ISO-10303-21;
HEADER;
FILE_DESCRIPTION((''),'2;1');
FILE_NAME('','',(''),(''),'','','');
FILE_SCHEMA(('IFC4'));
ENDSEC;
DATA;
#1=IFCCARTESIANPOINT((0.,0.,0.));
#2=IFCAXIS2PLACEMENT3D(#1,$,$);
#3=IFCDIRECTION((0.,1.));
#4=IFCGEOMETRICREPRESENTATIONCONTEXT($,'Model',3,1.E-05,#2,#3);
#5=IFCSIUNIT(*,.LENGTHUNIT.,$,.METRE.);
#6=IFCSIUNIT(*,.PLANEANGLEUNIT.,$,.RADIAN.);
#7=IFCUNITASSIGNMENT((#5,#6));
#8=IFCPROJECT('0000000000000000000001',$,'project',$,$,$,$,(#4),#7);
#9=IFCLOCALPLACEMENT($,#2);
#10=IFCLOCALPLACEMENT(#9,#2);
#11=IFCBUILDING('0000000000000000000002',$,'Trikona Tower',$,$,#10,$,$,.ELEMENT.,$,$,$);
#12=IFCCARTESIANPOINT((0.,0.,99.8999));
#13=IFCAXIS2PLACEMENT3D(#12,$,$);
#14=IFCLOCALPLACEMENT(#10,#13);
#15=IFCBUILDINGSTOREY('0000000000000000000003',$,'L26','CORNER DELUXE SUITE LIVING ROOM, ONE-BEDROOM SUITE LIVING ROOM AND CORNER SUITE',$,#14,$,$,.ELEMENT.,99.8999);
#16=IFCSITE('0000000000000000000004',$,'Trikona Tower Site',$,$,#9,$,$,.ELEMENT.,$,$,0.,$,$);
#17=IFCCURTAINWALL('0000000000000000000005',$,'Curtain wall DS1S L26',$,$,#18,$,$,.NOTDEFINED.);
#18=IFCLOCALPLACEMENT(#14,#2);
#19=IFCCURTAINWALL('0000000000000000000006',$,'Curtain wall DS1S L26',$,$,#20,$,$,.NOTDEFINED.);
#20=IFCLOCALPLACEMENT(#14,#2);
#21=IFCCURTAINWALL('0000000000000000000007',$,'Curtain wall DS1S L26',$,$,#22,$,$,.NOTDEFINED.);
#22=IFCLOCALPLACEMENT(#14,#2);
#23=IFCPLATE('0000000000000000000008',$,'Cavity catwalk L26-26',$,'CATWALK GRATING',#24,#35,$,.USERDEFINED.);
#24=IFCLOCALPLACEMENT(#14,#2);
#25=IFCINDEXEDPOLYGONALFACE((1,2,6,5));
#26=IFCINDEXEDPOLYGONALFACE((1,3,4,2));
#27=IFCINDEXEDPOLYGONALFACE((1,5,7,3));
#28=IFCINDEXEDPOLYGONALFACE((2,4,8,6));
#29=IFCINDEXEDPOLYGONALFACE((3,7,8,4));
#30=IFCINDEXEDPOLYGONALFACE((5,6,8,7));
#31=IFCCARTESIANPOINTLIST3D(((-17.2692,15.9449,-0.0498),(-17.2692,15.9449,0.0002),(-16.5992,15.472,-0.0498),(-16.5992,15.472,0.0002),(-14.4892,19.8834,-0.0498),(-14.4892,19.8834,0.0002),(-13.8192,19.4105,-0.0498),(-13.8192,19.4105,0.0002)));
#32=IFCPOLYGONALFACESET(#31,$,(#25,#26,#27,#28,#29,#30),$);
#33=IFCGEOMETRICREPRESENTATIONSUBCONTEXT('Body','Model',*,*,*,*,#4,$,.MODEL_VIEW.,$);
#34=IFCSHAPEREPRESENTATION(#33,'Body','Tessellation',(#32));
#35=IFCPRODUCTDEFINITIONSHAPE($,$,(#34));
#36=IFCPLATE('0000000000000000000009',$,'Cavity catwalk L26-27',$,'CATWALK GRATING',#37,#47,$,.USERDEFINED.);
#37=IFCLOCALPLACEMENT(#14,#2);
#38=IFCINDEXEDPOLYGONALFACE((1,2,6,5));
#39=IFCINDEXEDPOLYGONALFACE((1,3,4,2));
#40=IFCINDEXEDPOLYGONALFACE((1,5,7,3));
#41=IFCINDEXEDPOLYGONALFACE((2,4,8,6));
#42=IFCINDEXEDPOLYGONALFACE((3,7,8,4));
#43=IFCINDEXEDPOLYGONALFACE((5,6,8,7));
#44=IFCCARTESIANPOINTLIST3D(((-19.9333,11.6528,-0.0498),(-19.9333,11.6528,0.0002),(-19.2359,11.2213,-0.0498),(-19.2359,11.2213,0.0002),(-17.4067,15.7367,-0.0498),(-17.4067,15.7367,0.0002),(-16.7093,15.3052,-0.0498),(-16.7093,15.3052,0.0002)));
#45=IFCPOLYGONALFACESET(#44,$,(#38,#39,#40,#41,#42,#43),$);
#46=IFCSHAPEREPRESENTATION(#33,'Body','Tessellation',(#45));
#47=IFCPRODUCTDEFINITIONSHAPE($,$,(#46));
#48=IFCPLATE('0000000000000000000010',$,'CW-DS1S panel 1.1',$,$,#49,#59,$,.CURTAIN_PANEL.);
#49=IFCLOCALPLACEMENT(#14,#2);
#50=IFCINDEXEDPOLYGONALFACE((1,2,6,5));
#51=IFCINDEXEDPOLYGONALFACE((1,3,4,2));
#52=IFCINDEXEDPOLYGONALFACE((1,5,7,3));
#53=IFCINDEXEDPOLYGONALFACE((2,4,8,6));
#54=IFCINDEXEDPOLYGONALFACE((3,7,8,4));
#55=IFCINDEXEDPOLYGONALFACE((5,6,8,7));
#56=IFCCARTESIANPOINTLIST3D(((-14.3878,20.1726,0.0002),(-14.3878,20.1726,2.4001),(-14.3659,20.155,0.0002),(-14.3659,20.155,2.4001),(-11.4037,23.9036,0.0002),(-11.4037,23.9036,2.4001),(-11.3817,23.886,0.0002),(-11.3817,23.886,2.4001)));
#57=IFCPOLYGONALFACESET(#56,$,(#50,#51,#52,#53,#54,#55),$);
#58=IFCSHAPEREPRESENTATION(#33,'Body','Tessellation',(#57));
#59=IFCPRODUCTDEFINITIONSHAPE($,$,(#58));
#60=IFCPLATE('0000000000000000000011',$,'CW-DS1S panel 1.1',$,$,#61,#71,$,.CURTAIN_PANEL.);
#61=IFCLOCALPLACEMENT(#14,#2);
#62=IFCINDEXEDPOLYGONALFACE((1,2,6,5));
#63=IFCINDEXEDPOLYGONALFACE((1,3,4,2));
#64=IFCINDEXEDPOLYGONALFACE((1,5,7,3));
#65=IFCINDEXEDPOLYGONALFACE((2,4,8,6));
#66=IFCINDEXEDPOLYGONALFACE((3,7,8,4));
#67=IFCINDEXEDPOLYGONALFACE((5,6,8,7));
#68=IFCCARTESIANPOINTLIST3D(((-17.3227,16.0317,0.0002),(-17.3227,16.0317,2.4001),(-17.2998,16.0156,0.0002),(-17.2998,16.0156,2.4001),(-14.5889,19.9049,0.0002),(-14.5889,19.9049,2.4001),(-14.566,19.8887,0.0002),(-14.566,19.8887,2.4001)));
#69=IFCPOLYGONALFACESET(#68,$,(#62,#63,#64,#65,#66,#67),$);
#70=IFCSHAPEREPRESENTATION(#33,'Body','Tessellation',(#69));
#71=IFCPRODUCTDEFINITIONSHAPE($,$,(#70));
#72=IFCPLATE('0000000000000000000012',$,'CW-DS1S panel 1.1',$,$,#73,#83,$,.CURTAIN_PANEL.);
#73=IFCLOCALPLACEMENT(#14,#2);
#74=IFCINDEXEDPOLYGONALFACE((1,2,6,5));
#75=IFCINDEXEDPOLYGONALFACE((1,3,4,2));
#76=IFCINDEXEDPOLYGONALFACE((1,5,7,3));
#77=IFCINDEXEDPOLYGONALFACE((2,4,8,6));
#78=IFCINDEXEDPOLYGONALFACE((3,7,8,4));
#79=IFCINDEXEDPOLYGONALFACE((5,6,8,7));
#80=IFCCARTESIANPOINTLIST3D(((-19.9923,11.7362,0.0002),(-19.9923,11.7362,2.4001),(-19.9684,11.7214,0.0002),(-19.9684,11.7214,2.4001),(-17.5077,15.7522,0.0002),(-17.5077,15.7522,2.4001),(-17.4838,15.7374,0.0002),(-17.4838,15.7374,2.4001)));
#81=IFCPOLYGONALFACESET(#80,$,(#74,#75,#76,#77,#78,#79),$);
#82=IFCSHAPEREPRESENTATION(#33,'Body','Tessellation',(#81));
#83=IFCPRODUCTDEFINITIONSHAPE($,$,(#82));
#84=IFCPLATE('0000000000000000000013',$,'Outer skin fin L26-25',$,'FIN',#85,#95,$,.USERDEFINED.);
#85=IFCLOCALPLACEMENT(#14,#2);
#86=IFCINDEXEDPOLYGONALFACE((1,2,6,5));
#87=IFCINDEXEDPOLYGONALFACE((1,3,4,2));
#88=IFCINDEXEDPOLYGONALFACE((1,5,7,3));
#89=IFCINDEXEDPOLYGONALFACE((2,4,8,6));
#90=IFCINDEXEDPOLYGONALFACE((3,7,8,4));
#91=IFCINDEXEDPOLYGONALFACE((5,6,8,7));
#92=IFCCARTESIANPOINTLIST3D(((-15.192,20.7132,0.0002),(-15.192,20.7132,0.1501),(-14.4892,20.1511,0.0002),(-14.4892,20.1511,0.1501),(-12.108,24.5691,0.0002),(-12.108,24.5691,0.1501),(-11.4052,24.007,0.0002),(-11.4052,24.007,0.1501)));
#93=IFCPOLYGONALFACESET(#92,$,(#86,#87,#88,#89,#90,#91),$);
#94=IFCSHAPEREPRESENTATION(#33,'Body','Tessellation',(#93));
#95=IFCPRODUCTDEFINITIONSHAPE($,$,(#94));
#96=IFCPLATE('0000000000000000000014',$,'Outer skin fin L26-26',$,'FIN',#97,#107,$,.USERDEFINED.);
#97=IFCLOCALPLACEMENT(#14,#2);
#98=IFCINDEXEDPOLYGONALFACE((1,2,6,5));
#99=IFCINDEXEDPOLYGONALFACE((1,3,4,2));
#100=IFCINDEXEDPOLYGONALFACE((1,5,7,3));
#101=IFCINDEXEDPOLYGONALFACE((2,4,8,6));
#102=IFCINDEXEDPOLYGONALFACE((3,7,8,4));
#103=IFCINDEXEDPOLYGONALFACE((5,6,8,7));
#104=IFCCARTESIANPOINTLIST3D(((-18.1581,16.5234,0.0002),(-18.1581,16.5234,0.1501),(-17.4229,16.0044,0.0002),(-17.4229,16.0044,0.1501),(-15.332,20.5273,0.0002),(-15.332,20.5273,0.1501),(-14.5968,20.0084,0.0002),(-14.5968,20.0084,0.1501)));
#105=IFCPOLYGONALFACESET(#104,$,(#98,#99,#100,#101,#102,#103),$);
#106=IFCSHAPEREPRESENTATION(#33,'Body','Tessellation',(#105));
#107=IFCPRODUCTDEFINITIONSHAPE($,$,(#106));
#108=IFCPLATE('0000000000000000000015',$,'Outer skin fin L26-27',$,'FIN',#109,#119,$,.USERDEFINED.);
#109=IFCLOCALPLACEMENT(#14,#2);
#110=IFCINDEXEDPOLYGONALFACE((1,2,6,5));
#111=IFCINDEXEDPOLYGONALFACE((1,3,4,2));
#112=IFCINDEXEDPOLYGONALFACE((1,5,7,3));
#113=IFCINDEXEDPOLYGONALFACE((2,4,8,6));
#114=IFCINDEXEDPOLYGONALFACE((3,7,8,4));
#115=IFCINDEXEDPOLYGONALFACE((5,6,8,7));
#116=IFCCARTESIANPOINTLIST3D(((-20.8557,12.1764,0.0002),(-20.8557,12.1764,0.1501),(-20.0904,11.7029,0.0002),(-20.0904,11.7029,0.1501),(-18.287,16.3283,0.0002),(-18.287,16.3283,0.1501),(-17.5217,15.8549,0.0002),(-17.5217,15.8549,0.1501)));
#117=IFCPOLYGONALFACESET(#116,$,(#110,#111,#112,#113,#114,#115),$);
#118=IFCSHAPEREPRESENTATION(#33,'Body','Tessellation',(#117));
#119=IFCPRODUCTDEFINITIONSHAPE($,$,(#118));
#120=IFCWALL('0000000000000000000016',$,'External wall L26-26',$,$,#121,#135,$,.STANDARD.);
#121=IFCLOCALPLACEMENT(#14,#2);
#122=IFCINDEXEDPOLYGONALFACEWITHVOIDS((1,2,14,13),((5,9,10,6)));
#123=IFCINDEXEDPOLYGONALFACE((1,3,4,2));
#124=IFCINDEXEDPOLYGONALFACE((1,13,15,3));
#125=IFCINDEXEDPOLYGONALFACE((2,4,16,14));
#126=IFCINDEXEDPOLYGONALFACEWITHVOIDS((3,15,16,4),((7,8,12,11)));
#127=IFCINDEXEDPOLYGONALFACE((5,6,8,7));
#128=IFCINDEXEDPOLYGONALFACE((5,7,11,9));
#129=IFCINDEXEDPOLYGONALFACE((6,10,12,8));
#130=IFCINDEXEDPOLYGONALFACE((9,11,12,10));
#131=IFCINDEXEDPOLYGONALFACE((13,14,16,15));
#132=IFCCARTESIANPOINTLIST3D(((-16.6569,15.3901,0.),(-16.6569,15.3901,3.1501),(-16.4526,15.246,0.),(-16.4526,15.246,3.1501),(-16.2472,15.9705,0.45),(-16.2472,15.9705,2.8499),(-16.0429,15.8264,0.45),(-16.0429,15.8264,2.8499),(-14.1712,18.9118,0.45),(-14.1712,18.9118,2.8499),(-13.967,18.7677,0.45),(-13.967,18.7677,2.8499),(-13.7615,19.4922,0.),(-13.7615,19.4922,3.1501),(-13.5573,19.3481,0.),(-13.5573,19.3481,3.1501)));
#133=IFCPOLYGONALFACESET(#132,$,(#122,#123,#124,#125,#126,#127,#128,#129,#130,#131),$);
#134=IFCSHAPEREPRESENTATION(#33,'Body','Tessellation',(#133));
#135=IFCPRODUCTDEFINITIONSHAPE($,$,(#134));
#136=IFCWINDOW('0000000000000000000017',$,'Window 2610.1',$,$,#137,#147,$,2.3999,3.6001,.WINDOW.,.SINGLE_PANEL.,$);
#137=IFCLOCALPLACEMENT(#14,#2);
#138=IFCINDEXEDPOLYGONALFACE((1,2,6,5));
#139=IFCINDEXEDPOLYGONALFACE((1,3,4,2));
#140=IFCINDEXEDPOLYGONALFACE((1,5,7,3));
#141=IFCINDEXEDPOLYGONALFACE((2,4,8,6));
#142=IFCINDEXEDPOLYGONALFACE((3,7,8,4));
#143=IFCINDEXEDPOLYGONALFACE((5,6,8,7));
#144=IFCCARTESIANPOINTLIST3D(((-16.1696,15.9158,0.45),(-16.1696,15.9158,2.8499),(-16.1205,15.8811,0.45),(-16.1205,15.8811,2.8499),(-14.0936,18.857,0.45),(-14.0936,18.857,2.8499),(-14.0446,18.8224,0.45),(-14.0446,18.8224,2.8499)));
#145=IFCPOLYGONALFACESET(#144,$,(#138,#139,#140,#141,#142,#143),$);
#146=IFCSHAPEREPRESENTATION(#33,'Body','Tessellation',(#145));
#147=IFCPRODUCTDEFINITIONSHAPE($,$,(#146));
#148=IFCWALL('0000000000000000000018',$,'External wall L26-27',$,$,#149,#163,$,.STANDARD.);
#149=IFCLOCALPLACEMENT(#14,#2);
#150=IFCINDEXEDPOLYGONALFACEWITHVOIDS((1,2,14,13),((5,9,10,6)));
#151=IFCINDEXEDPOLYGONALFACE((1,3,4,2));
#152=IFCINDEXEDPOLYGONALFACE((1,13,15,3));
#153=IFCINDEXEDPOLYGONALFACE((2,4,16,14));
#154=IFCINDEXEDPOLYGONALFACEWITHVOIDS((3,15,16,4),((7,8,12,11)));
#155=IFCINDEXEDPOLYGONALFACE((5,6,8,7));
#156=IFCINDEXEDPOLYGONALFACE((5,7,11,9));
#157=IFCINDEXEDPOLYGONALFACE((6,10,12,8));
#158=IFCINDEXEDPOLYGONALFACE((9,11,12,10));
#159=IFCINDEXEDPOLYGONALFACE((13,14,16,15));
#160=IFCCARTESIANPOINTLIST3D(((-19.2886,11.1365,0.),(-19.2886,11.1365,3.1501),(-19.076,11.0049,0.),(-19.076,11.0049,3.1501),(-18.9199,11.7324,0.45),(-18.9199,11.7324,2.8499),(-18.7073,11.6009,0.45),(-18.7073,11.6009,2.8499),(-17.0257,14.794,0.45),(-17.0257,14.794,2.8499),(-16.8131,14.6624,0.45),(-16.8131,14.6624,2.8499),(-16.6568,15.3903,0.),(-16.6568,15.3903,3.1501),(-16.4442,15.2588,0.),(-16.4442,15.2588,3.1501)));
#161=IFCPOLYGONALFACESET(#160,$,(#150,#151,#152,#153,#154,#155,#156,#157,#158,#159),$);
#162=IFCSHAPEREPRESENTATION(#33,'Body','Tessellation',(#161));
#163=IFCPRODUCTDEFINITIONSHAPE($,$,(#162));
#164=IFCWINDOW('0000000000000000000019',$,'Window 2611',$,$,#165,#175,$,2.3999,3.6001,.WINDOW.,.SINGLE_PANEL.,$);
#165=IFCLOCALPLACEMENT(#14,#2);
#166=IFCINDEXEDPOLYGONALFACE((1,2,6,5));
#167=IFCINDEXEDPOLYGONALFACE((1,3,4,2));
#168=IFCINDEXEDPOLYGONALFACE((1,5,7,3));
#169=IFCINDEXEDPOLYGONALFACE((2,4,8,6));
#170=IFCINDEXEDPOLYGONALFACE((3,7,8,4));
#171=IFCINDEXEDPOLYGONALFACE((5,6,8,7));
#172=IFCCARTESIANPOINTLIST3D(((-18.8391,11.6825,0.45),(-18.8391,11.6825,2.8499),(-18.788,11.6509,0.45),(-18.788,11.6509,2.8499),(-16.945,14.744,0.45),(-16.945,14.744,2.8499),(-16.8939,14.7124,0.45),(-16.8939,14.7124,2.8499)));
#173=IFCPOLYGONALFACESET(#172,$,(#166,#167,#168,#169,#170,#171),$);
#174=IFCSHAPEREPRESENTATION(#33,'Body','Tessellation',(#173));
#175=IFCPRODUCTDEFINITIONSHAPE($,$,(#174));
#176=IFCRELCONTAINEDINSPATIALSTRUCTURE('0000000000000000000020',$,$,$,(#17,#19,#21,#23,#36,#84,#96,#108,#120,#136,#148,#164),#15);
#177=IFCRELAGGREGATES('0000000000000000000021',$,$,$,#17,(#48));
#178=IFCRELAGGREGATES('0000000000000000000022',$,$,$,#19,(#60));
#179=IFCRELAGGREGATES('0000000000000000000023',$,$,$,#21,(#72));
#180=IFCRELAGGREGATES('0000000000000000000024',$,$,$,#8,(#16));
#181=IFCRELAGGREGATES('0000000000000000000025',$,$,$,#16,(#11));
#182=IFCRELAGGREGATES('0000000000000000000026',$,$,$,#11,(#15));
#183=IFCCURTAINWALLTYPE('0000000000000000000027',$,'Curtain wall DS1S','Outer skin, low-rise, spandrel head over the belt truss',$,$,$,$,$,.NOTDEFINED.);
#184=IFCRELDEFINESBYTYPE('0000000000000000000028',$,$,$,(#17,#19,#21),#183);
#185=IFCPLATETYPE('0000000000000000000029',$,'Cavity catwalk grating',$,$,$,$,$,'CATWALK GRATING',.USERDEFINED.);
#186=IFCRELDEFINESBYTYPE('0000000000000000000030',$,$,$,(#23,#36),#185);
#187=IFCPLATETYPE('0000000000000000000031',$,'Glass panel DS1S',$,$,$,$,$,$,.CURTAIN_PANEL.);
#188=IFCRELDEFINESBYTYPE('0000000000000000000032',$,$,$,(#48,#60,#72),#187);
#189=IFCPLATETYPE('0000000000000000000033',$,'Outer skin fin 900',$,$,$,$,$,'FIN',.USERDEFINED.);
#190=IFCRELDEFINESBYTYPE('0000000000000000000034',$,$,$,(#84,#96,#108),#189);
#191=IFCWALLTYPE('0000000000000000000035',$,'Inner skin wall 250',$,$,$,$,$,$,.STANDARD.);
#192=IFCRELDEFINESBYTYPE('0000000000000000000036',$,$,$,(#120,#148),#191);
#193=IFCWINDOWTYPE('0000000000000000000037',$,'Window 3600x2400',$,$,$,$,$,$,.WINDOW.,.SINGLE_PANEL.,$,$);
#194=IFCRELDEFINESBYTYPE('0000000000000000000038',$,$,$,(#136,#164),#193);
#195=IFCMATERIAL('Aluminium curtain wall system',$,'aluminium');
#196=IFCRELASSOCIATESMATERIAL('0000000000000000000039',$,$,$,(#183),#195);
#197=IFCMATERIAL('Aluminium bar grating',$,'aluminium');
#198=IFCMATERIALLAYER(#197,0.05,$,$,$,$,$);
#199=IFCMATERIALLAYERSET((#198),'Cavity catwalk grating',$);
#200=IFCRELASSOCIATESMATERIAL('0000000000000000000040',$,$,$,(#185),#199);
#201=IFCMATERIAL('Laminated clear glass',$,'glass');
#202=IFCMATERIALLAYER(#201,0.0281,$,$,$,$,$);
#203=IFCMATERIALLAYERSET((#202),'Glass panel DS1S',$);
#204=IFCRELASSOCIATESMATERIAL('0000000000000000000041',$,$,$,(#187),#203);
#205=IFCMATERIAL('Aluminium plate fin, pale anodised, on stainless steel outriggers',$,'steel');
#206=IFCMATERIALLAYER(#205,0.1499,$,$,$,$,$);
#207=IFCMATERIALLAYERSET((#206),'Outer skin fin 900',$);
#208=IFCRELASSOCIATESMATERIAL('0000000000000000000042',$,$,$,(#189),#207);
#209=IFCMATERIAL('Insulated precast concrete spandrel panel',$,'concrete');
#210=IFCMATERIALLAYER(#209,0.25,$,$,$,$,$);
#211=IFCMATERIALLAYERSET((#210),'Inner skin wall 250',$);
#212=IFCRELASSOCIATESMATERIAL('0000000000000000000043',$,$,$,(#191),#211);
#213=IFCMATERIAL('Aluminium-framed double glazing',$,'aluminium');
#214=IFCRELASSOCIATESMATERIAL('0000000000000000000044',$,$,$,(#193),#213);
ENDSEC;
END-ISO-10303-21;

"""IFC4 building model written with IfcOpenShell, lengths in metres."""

from ifc_helpers import new_model, si_unit, direction, frame, frame_2d, origin, origin_2d, place, context, subcontext, project, spatial, rectangle, extrude, material, layer, layer_set, type_object, element, fill, aggregate, save


model = new_model("IFC4")

# Units and contexts
model_context = context("Model", 3, precision=1e-05, world=origin(), true_north=direction((0.0, 1.0)))
body_context = subcontext(model_context, "Body", "Model", "MODEL_VIEW")
ifc_project = project(units=[si_unit("LENGTHUNIT", "METRE"), si_unit("PLANEANGLEUNIT", "RADIAN")], contexts=[model_context])

# Site, building, storey
site_placement = place(None, origin())
site = spatial("IfcSite", under=ifc_project, at=site_placement, Name="Trikona Tower Site", CompositionType="ELEMENT", RefElevation=0.0)
building_placement = place(site_placement, origin())
building = spatial("IfcBuilding", under=site, at=building_placement, Name="Trikona Tower", CompositionType="ELEMENT")
storey_placement = place(building_placement, frame((0.0, 0.0, 99.8999)))
storey = spatial("IfcBuildingStorey", under=building, at=storey_placement, Name="L26", Description="CORNER DELUXE SUITE LIVING ROOM, ONE-BEDROOM SUITE LIVING ROOM AND CORNER SUITE", CompositionType="ELEMENT", Elevation=99.8999)

# Shared definitions
ifc_material_1 = material(Name="Aluminium curtain wall system", Category="aluminium")
curtain_wall_type = type_object("IfcCurtainWallType", Name="Curtain wall DS1S", Description="Outer skin, low-rise, spandrel head over the belt truss", PredefinedType="NOTDEFINED", material=ifc_material_1)

# Curtain walls
curtain_wall_1_placement = place(storey_placement, origin())
curtain_wall_1 = element("IfcCurtainWall", 1, at=curtain_wall_1_placement, inside=storey, type_object=curtain_wall_type, Name="Curtain wall DS1S L26", PredefinedType="NOTDEFINED")
curtain_wall_2_placement = place(storey_placement, origin())
curtain_wall_2 = element("IfcCurtainWall", 2, at=curtain_wall_2_placement, inside=storey, type_object=curtain_wall_type, Name="Curtain wall DS1S L26", PredefinedType="NOTDEFINED")

# Curtain wall
curtain_wall_3_placement = place(storey_placement, origin())
curtain_wall_3 = element("IfcCurtainWall", 3, at=curtain_wall_3_placement, inside=storey, type_object=curtain_wall_type, Name="Curtain wall DS1S L26", PredefinedType="NOTDEFINED")

# Plates
ifc_material_2 = material(Name="Aluminium bar grating", Category="aluminium")
ifc_layer_1 = layer(ifc_material_2, 0.05)
ifc_layer_set_1 = layer_set([ifc_layer_1], Name="Cavity catwalk grating")
plate_type_1 = type_object("IfcPlateType", Name="Cavity catwalk grating", ElementType="CATWALK GRATING", PredefinedType="USERDEFINED", material=ifc_layer_set_1)
plate_1_placement = place(storey_placement, frame((-15.5442, 17.6777, -0.0498), z_axis=(0.0, 0.0, 1.0), x_axis=(-0.576662, -0.816983, 0.0)))
element("IfcPlate", 4, at=plate_1_placement, inside=storey, type_object=plate_type_1, Name="Cavity catwalk L26-26", ObjectType="CATWALK GRATING", PredefinedType="USERDEFINED", context=body_context, shape_type="SweptSolid", body=[
    extrude(rectangle(XDim=4.8208, YDim=0.8201, at=origin_2d()), origin(), (0.0, 0.0, 1.0), 0.05),
])
plate_2_placement = place(storey_placement, frame((-18.3213, 13.479, -0.0498), z_axis=(0.0, 0.0, 1.0), x_axis=(-0.526119, -0.850411, 0.0)))
element("IfcPlate", 5, at=plate_2_placement, inside=storey, type_object=plate_type_1, Name="Cavity catwalk L26-27", ObjectType="CATWALK GRATING", PredefinedType="USERDEFINED", context=body_context, shape_type="SweptSolid", body=[
    extrude(rectangle(XDim=4.8022, YDim=0.8201, at=origin_2d()), origin(), (0.0, 0.0, 1.0), 0.05),
])

# Plates
ifc_material_3 = material(Name="Laminated clear glass", Category="glass")
ifc_layer_2 = layer(ifc_material_3, 0.0281)
ifc_layer_set_2 = layer_set([ifc_layer_2], Name="Glass panel DS1S")
plate_type_2 = type_object("IfcPlateType", Name="Glass panel DS1S", PredefinedType="CURTAIN_PANEL", material=ifc_layer_set_2)
plate_3_placement = place(storey_placement, frame((-12.8848, 22.0293, 0.0002), z_axis=(0.0, 0.0, 1.0), x_axis=(-0.624609, -0.780938, 0.0)))
plate_3 = element("IfcPlate", 6, at=plate_3_placement, type_object=plate_type_2, Name="CW-DS1S panel 1.1", PredefinedType="CURTAIN_PANEL", context=body_context, shape_type="SweptSolid", body=[
    extrude(rectangle(XDim=4.7776, YDim=0.0281, at=origin_2d()), origin(), (0.0, 0.0, 1.0), 2.3999),
])
aggregate(curtain_wall_1, [plate_3])
plate_4_placement = place(storey_placement, frame((-15.9443, 17.9602, 0.0002), z_axis=(0.0, 0.0, 1.0), x_axis=(-0.576658, -0.816985, 0.0)))
plate_4 = element("IfcPlate", 7, at=plate_4_placement, type_object=plate_type_2, Name="CW-DS1S panel 1.1", PredefinedType="CURTAIN_PANEL", context=body_context, shape_type="SweptSolid", body=[
    extrude(rectangle(XDim=4.7407, YDim=0.0281, at=origin_2d()), origin(), (0.0, 0.0, 1.0), 2.3999),
])
aggregate(curtain_wall_2, [plate_4])
plate_5_placement = place(storey_placement, frame((-18.738, 13.7368, 0.0002), z_axis=(0.0, 0.0, 1.0), x_axis=(-0.52612, -0.85041, 0.0)))
plate_5 = element("IfcPlate", 8, at=plate_5_placement, type_object=plate_type_2, Name="CW-DS1S panel 1.1", PredefinedType="CURTAIN_PANEL", context=body_context, shape_type="SweptSolid", body=[
    extrude(rectangle(XDim=4.7224, YDim=0.0281, at=origin_2d()), origin(), (0.0, 0.0, 1.0), 2.3999),
])
aggregate(curtain_wall_3, [plate_5])

# Plates
ifc_material_4 = material(Name="Aluminium plate fin, pale anodised, on stainless steel outriggers", Category="steel")
ifc_layer_3 = layer(ifc_material_4, 0.1499)
ifc_layer_set_3 = layer_set([ifc_layer_3], Name="Outer skin fin 900")
plate_type_3 = type_object("IfcPlateType", Name="Outer skin fin 900", ElementType="FIN", PredefinedType="USERDEFINED", material=ifc_layer_set_3)
plate_6_placement = place(storey_placement, frame((-13.2986, 22.3601, 0.0002), z_axis=(0.0, 0.0, 1.0), x_axis=(-0.624604, -0.780942, 0.0)))
element("IfcPlate", 9, at=plate_6_placement, inside=storey, type_object=plate_type_3, Name="Outer skin fin L26-25", ObjectType="FIN", PredefinedType="USERDEFINED", context=body_context, shape_type="SweptSolid", body=[
    extrude(rectangle(XDim=4.9375, YDim=0.8999, at=origin_2d()), origin(), (0.0, 0.0, 1.0), 0.1499),
])
plate_7_placement = place(storey_placement, frame((-16.3774, 18.2659, 0.0002), z_axis=(0.0, 0.0, 1.0), x_axis=(-0.576662, -0.816983, 0.0)))
element("IfcPlate", 10, at=plate_7_placement, inside=storey, type_object=plate_type_3, Name="Outer skin fin L26-26", ObjectType="FIN", PredefinedType="USERDEFINED", context=body_context, shape_type="SweptSolid", body=[
    extrude(rectangle(XDim=4.9009, YDim=0.8999, at=origin_2d()), origin(), (0.0, 0.0, 1.0), 0.1499),
])
plate_8_placement = place(storey_placement, frame((-19.1887, 14.0156, 0.0002), z_axis=(0.0, 0.0, 1.0), x_axis=(-0.526119, -0.850411, 0.0)))
element("IfcPlate", 11, at=plate_8_placement, inside=storey, type_object=plate_type_3, Name="Outer skin fin L26-27", ObjectType="FIN", PredefinedType="USERDEFINED", context=body_context, shape_type="SweptSolid", body=[
    extrude(rectangle(XDim=4.8823, YDim=0.8999, at=origin_2d()), origin(), (0.0, 0.0, 1.0), 0.1499),
])

# Walls, openings, windows
ifc_material_5 = material(Name="Insulated precast concrete spandrel panel", Category="concrete")
ifc_layer_4 = layer(ifc_material_5, 0.25)
ifc_layer_set_4 = layer_set([ifc_layer_4], Name="Inner skin wall 250")
wall_type = type_object("IfcWallType", Name="Inner skin wall 250", PredefinedType="STANDARD", material=ifc_layer_set_4)
wall_1_placement = place(storey_placement, frame((-13.6594, 19.4202, 0.0), z_axis=(0.0, 0.0, 1.0), x_axis=(-0.576643, -0.816996, 0.0)))
wall_1 = element("IfcWall", 12, at=wall_1_placement, inside=storey, type_object=wall_type, Name="External wall L26-26", PredefinedType="STANDARD", context=body_context, shape_type="SweptSolid", body=[
    extrude(rectangle(XDim=5.021, YDim=0.25, at=frame_2d((2.5105, 0.0))), origin(), (0.0, 0.0, 1.0), 3.1501),
])
opening_1_placement = place(wall_1_placement, frame((0.7104, 0.0, 0.45)))
opening_1 = element("IfcOpeningElement", 13, at=opening_1_placement, cuts=wall_1, PredefinedType="OPENING", context=body_context, shape_type="SweptSolid", body=[
    extrude(rectangle(XDim=3.6001, YDim=2.3999, at=frame_2d((1.8, 1.2))), frame((0.0, 0.135, 0.0), z_axis=(0.0, -1.0, 0.0), x_axis=(1.0, 0.0, 0.0)), (0.0, 0.0, 1.0), 0.27),
])
ifc_material_6 = material(Name="Aluminium-framed double glazing", Category="aluminium")
window_type = type_object("IfcWindowType", Name="Window 3600x2400", PartitioningType="SINGLE_PANEL", PredefinedType="WINDOW", material=ifc_material_6)
window_1_placement = place(opening_1_placement, origin())
window_1 = element("IfcWindow", 14, at=window_1_placement, inside=storey, type_object=window_type, Name="Window 2610.1", OverallHeight=2.3999, OverallWidth=3.6001, PartitioningType="SINGLE_PANEL", PredefinedType="WINDOW", context=body_context, shape_type="SweptSolid", body=[
    extrude(rectangle(XDim=3.6001, YDim=2.3999, at=frame_2d((1.8, 1.2))), frame((0.0, 0.03, 0.0), z_axis=(0.0, -1.0, 0.0), x_axis=(1.0, 0.0, 0.0)), (0.0, 0.0, 1.0), 0.0601),
])
fill(opening_1, window_1)
wall_2_placement = place(storey_placement, frame((-16.5505, 15.3245, 0.0), z_axis=(0.0, 0.0, 1.0), x_axis=(-0.526133, -0.850402, 0.0)))
wall_2 = element("IfcWall", 15, at=wall_2_placement, inside=storey, type_object=wall_type, Name="External wall L26-27", PredefinedType="STANDARD", context=body_context, shape_type="SweptSolid", body=[
    extrude(rectangle(XDim=5.0022, YDim=0.25, at=frame_2d((2.501, 0.0))), origin(), (0.0, 0.0, 1.0), 3.1501),
])
opening_2_placement = place(wall_2_placement, frame((0.7012, 0.0, 0.45)))
opening_2 = element("IfcOpeningElement", 16, at=opening_2_placement, cuts=wall_2, PredefinedType="OPENING", context=body_context, shape_type="SweptSolid", body=[
    extrude(rectangle(XDim=3.6001, YDim=2.3999, at=frame_2d((1.8, 1.2))), frame((0.0, 0.135, 0.0), z_axis=(0.0, -1.0, 0.0), x_axis=(1.0, 0.0, 0.0)), (0.0, 0.0, 1.0), 0.27),
])
window_2_placement = place(opening_2_placement, origin())
window_2 = element("IfcWindow", 17, at=window_2_placement, inside=storey, type_object=window_type, Name="Window 2611", OverallHeight=2.3999, OverallWidth=3.6001, PartitioningType="SINGLE_PANEL", PredefinedType="WINDOW", context=body_context, shape_type="SweptSolid", body=[
    extrude(rectangle(XDim=3.6001, YDim=2.3999, at=frame_2d((1.8, 1.2))), frame((0.0, 0.03, 0.0), z_axis=(0.0, -1.0, 0.0), x_axis=(1.0, 0.0, 0.0)), (0.0, 0.0, 1.0), 0.0601),
])
fill(opening_2, window_2)

save(model, "model.ifc")
